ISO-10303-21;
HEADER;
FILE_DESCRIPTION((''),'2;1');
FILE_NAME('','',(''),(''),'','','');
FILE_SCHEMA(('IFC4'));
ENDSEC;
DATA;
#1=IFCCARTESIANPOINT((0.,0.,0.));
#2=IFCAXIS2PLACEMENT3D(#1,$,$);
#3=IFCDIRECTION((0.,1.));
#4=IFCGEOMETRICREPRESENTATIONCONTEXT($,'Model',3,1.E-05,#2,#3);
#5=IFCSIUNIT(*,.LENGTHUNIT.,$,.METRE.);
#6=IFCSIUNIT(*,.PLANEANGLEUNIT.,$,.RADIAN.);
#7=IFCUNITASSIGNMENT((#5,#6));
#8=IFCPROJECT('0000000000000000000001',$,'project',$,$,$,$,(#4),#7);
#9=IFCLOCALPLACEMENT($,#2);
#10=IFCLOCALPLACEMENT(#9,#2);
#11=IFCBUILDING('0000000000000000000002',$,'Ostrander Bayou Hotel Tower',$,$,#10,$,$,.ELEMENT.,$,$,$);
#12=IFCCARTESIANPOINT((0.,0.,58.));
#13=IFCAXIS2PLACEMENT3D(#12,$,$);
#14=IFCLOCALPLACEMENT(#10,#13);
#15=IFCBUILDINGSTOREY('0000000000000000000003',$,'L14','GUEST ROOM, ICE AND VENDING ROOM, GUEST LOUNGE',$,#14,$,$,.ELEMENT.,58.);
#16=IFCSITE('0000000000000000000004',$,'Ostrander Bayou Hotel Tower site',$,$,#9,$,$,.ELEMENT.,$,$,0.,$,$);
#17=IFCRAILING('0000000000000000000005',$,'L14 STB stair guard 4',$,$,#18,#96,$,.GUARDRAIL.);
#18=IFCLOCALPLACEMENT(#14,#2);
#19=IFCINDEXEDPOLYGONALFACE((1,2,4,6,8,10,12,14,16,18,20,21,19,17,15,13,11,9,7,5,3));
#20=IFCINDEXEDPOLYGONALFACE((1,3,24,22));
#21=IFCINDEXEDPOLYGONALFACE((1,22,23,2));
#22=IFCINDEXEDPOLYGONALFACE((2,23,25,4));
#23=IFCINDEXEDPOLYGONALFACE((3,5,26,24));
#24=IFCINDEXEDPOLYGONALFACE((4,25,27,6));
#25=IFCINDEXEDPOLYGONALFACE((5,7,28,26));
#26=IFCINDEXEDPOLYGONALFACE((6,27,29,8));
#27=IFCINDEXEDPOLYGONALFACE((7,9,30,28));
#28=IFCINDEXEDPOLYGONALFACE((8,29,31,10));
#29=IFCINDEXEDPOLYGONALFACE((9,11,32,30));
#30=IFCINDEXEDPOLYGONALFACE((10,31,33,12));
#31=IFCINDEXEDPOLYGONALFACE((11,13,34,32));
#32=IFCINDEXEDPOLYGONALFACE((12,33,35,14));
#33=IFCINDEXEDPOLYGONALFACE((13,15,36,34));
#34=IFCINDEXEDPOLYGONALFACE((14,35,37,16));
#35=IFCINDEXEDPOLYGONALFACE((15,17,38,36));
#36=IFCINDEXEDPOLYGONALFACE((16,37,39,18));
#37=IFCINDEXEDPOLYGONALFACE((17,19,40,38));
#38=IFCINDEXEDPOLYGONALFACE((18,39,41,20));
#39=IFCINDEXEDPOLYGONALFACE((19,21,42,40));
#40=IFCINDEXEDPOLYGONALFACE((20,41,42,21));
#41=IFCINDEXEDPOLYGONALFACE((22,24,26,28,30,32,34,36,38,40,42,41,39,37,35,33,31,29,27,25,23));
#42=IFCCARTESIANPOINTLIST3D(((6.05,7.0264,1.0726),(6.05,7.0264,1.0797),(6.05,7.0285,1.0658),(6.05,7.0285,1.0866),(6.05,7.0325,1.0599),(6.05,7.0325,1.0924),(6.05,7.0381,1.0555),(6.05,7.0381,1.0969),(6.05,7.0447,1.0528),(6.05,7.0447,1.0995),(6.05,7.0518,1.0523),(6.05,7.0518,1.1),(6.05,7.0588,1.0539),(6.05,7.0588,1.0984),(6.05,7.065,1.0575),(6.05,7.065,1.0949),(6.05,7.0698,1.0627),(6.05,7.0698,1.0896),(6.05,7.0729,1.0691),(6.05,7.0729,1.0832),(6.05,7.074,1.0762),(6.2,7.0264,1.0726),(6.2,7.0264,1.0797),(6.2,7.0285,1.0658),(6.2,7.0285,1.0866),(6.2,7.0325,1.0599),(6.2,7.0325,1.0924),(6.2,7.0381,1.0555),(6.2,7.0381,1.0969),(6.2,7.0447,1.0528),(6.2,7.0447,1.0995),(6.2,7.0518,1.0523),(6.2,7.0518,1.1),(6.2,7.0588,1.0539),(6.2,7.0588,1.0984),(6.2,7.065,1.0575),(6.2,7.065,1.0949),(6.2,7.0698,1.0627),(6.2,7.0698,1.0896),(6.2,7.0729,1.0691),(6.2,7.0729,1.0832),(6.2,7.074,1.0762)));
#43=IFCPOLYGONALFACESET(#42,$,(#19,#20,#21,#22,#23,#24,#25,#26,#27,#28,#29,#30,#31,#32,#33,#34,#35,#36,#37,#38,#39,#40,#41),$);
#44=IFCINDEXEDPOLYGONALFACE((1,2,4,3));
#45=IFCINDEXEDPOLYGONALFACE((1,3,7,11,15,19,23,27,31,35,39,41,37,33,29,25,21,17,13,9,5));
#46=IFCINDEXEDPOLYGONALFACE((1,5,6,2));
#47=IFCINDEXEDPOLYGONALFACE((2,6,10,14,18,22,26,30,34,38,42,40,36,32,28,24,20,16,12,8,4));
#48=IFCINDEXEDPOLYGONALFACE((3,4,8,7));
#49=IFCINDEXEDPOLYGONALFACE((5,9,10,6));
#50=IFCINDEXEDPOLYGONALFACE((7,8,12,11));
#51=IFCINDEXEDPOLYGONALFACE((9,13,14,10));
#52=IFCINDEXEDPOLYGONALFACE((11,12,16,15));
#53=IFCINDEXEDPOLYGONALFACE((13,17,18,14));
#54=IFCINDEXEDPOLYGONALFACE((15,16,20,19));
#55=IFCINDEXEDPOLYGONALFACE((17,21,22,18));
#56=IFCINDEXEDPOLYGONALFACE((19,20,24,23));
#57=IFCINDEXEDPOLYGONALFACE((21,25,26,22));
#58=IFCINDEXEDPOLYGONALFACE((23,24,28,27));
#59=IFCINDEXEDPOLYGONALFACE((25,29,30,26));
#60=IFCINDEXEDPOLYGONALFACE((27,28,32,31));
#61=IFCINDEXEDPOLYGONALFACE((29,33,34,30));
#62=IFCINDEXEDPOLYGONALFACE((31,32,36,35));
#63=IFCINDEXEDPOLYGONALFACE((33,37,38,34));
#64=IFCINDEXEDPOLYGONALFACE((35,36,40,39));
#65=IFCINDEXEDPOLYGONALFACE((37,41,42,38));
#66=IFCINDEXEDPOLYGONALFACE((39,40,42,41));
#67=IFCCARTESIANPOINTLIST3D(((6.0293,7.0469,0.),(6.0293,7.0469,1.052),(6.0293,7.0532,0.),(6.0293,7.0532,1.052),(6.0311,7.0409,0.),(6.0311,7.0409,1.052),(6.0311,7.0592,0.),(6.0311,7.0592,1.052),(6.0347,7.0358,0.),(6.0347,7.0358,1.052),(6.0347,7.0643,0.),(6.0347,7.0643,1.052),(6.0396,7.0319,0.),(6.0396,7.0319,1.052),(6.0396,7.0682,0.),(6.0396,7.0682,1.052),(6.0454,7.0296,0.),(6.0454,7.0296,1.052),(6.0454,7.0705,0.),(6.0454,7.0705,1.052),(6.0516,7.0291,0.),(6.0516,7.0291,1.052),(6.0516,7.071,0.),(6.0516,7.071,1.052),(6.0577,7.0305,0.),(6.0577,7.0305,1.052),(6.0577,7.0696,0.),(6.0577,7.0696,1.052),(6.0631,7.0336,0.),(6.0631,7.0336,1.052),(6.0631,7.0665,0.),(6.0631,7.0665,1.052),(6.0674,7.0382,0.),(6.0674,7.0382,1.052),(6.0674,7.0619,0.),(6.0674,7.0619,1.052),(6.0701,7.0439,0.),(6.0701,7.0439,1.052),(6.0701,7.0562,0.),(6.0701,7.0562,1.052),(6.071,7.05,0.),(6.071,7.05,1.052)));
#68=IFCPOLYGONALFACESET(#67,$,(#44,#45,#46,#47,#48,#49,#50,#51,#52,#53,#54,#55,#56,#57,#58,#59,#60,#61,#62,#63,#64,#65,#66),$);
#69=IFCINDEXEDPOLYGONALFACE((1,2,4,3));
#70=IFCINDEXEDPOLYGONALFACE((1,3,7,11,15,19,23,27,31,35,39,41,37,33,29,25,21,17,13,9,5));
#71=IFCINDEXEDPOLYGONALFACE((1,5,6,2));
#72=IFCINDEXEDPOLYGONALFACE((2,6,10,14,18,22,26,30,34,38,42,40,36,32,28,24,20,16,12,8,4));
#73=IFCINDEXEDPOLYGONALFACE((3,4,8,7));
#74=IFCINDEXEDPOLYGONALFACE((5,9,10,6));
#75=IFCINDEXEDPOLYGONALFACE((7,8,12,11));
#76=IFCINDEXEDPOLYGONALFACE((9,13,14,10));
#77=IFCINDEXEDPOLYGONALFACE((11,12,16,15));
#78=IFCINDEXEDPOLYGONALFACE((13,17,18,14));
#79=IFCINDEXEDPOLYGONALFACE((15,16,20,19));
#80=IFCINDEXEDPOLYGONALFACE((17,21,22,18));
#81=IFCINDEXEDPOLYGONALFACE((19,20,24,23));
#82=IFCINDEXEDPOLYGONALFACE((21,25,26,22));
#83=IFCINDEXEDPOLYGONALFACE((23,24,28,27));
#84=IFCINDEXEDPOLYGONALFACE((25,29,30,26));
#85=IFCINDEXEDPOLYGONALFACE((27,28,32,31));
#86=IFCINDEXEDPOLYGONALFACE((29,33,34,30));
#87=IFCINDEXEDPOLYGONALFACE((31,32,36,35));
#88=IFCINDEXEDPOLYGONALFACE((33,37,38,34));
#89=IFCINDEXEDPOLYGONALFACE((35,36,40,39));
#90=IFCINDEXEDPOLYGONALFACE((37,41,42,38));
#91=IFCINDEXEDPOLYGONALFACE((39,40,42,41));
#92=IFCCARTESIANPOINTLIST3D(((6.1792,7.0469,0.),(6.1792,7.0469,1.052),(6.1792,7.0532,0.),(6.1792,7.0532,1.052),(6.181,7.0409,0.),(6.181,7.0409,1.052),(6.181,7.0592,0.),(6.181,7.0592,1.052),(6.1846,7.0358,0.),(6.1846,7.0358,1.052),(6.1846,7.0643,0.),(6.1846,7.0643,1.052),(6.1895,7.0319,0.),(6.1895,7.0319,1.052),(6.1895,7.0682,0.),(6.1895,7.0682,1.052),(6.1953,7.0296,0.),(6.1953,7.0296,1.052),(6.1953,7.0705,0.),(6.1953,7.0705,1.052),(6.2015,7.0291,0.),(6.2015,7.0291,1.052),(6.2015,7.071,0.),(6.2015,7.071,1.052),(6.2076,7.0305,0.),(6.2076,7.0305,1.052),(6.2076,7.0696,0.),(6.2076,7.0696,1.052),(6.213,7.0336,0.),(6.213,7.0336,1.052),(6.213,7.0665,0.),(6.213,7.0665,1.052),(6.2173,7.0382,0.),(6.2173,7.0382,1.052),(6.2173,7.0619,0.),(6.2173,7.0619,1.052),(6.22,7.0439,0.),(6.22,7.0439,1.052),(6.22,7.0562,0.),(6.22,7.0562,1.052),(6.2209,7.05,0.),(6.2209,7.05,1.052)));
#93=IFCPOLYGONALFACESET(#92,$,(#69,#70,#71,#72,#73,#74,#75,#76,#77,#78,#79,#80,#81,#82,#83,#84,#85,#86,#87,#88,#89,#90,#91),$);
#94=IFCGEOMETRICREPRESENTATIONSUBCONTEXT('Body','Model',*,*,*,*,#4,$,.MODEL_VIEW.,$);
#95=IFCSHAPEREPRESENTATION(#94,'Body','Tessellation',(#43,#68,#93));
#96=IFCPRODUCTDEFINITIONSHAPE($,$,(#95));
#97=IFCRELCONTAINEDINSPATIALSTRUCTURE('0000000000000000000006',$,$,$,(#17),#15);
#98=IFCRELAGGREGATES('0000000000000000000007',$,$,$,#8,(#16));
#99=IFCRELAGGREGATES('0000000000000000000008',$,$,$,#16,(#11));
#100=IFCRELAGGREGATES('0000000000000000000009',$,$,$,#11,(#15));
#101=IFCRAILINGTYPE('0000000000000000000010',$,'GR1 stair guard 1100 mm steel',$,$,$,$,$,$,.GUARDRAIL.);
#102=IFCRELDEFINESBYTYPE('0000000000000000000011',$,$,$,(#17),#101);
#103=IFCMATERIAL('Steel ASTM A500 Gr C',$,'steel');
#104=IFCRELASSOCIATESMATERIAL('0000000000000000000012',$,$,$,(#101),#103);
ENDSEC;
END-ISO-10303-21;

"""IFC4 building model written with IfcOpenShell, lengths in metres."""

from ifc_helpers import new_model, si_unit, direction, frame, origin, origin_2d, place, context, subcontext, project, spatial, circle, extrude, material, type_object, element, save


model = new_model("IFC4")

# Units and contexts
model_context = context("Model", 3, precision=1e-05, world=origin(), true_north=direction((0.0, 1.0)))
body_context = subcontext(model_context, "Body", "Model", "MODEL_VIEW")
ifc_project = project(units=[si_unit("LENGTHUNIT", "METRE"), si_unit("PLANEANGLEUNIT", "RADIAN")], contexts=[model_context])

# Site, building, storey
site_placement = place(None, origin())
site = spatial("IfcSite", under=ifc_project, at=site_placement, Name="Ostrander Bayou Hotel Tower site", CompositionType="ELEMENT", RefElevation=0.0)
building_placement = place(site_placement, origin())
building = spatial("IfcBuilding", under=site, at=building_placement, Name="Ostrander Bayou Hotel Tower", CompositionType="ELEMENT")
storey_placement = place(building_placement, frame((0.0, 0.0, 58.0)))
storey = spatial("IfcBuildingStorey", under=building, at=storey_placement, Name="L14", Description="GUEST ROOM, ICE AND VENDING ROOM, GUEST LOUNGE", CompositionType="ELEMENT", Elevation=58.0)

# Railing
ifc_material_1 = material(Name="Steel ASTM A500 Gr C", Category="steel")
railing_type = type_object("IfcRailingType", Name="GR1 stair guard 1100 mm steel", PredefinedType="GUARDRAIL", material=ifc_material_1)
railing_1_placement = place(storey_placement, frame((6.05, 7.05, 0.0)))
element("IfcRailing", 1, at=railing_1_placement, inside=storey, type_object=railing_type, Name="L14 STB stair guard 4", PredefinedType="GUARDRAIL", context=body_context, shape_type="SweptSolid", body=[
    extrude(circle(Radius=0.0239, at=origin_2d()), frame((0.0, 0.0, 1.0762), z_axis=(1.0, 0.0, 0.0), x_axis=(0.0, 1.0, 0.0)), (0.0, 0.0, 1.0), 0.1499),
    extrude(circle(Radius=0.021, at=origin_2d()), origin(), (0.0, 0.0, 1.0), 1.052),
    extrude(circle(Radius=0.021, at=origin_2d()), frame((0.1499, 0.0, 0.0)), (0.0, 0.0, 1.0), 1.052),
])

save(model, "model.ifc")
